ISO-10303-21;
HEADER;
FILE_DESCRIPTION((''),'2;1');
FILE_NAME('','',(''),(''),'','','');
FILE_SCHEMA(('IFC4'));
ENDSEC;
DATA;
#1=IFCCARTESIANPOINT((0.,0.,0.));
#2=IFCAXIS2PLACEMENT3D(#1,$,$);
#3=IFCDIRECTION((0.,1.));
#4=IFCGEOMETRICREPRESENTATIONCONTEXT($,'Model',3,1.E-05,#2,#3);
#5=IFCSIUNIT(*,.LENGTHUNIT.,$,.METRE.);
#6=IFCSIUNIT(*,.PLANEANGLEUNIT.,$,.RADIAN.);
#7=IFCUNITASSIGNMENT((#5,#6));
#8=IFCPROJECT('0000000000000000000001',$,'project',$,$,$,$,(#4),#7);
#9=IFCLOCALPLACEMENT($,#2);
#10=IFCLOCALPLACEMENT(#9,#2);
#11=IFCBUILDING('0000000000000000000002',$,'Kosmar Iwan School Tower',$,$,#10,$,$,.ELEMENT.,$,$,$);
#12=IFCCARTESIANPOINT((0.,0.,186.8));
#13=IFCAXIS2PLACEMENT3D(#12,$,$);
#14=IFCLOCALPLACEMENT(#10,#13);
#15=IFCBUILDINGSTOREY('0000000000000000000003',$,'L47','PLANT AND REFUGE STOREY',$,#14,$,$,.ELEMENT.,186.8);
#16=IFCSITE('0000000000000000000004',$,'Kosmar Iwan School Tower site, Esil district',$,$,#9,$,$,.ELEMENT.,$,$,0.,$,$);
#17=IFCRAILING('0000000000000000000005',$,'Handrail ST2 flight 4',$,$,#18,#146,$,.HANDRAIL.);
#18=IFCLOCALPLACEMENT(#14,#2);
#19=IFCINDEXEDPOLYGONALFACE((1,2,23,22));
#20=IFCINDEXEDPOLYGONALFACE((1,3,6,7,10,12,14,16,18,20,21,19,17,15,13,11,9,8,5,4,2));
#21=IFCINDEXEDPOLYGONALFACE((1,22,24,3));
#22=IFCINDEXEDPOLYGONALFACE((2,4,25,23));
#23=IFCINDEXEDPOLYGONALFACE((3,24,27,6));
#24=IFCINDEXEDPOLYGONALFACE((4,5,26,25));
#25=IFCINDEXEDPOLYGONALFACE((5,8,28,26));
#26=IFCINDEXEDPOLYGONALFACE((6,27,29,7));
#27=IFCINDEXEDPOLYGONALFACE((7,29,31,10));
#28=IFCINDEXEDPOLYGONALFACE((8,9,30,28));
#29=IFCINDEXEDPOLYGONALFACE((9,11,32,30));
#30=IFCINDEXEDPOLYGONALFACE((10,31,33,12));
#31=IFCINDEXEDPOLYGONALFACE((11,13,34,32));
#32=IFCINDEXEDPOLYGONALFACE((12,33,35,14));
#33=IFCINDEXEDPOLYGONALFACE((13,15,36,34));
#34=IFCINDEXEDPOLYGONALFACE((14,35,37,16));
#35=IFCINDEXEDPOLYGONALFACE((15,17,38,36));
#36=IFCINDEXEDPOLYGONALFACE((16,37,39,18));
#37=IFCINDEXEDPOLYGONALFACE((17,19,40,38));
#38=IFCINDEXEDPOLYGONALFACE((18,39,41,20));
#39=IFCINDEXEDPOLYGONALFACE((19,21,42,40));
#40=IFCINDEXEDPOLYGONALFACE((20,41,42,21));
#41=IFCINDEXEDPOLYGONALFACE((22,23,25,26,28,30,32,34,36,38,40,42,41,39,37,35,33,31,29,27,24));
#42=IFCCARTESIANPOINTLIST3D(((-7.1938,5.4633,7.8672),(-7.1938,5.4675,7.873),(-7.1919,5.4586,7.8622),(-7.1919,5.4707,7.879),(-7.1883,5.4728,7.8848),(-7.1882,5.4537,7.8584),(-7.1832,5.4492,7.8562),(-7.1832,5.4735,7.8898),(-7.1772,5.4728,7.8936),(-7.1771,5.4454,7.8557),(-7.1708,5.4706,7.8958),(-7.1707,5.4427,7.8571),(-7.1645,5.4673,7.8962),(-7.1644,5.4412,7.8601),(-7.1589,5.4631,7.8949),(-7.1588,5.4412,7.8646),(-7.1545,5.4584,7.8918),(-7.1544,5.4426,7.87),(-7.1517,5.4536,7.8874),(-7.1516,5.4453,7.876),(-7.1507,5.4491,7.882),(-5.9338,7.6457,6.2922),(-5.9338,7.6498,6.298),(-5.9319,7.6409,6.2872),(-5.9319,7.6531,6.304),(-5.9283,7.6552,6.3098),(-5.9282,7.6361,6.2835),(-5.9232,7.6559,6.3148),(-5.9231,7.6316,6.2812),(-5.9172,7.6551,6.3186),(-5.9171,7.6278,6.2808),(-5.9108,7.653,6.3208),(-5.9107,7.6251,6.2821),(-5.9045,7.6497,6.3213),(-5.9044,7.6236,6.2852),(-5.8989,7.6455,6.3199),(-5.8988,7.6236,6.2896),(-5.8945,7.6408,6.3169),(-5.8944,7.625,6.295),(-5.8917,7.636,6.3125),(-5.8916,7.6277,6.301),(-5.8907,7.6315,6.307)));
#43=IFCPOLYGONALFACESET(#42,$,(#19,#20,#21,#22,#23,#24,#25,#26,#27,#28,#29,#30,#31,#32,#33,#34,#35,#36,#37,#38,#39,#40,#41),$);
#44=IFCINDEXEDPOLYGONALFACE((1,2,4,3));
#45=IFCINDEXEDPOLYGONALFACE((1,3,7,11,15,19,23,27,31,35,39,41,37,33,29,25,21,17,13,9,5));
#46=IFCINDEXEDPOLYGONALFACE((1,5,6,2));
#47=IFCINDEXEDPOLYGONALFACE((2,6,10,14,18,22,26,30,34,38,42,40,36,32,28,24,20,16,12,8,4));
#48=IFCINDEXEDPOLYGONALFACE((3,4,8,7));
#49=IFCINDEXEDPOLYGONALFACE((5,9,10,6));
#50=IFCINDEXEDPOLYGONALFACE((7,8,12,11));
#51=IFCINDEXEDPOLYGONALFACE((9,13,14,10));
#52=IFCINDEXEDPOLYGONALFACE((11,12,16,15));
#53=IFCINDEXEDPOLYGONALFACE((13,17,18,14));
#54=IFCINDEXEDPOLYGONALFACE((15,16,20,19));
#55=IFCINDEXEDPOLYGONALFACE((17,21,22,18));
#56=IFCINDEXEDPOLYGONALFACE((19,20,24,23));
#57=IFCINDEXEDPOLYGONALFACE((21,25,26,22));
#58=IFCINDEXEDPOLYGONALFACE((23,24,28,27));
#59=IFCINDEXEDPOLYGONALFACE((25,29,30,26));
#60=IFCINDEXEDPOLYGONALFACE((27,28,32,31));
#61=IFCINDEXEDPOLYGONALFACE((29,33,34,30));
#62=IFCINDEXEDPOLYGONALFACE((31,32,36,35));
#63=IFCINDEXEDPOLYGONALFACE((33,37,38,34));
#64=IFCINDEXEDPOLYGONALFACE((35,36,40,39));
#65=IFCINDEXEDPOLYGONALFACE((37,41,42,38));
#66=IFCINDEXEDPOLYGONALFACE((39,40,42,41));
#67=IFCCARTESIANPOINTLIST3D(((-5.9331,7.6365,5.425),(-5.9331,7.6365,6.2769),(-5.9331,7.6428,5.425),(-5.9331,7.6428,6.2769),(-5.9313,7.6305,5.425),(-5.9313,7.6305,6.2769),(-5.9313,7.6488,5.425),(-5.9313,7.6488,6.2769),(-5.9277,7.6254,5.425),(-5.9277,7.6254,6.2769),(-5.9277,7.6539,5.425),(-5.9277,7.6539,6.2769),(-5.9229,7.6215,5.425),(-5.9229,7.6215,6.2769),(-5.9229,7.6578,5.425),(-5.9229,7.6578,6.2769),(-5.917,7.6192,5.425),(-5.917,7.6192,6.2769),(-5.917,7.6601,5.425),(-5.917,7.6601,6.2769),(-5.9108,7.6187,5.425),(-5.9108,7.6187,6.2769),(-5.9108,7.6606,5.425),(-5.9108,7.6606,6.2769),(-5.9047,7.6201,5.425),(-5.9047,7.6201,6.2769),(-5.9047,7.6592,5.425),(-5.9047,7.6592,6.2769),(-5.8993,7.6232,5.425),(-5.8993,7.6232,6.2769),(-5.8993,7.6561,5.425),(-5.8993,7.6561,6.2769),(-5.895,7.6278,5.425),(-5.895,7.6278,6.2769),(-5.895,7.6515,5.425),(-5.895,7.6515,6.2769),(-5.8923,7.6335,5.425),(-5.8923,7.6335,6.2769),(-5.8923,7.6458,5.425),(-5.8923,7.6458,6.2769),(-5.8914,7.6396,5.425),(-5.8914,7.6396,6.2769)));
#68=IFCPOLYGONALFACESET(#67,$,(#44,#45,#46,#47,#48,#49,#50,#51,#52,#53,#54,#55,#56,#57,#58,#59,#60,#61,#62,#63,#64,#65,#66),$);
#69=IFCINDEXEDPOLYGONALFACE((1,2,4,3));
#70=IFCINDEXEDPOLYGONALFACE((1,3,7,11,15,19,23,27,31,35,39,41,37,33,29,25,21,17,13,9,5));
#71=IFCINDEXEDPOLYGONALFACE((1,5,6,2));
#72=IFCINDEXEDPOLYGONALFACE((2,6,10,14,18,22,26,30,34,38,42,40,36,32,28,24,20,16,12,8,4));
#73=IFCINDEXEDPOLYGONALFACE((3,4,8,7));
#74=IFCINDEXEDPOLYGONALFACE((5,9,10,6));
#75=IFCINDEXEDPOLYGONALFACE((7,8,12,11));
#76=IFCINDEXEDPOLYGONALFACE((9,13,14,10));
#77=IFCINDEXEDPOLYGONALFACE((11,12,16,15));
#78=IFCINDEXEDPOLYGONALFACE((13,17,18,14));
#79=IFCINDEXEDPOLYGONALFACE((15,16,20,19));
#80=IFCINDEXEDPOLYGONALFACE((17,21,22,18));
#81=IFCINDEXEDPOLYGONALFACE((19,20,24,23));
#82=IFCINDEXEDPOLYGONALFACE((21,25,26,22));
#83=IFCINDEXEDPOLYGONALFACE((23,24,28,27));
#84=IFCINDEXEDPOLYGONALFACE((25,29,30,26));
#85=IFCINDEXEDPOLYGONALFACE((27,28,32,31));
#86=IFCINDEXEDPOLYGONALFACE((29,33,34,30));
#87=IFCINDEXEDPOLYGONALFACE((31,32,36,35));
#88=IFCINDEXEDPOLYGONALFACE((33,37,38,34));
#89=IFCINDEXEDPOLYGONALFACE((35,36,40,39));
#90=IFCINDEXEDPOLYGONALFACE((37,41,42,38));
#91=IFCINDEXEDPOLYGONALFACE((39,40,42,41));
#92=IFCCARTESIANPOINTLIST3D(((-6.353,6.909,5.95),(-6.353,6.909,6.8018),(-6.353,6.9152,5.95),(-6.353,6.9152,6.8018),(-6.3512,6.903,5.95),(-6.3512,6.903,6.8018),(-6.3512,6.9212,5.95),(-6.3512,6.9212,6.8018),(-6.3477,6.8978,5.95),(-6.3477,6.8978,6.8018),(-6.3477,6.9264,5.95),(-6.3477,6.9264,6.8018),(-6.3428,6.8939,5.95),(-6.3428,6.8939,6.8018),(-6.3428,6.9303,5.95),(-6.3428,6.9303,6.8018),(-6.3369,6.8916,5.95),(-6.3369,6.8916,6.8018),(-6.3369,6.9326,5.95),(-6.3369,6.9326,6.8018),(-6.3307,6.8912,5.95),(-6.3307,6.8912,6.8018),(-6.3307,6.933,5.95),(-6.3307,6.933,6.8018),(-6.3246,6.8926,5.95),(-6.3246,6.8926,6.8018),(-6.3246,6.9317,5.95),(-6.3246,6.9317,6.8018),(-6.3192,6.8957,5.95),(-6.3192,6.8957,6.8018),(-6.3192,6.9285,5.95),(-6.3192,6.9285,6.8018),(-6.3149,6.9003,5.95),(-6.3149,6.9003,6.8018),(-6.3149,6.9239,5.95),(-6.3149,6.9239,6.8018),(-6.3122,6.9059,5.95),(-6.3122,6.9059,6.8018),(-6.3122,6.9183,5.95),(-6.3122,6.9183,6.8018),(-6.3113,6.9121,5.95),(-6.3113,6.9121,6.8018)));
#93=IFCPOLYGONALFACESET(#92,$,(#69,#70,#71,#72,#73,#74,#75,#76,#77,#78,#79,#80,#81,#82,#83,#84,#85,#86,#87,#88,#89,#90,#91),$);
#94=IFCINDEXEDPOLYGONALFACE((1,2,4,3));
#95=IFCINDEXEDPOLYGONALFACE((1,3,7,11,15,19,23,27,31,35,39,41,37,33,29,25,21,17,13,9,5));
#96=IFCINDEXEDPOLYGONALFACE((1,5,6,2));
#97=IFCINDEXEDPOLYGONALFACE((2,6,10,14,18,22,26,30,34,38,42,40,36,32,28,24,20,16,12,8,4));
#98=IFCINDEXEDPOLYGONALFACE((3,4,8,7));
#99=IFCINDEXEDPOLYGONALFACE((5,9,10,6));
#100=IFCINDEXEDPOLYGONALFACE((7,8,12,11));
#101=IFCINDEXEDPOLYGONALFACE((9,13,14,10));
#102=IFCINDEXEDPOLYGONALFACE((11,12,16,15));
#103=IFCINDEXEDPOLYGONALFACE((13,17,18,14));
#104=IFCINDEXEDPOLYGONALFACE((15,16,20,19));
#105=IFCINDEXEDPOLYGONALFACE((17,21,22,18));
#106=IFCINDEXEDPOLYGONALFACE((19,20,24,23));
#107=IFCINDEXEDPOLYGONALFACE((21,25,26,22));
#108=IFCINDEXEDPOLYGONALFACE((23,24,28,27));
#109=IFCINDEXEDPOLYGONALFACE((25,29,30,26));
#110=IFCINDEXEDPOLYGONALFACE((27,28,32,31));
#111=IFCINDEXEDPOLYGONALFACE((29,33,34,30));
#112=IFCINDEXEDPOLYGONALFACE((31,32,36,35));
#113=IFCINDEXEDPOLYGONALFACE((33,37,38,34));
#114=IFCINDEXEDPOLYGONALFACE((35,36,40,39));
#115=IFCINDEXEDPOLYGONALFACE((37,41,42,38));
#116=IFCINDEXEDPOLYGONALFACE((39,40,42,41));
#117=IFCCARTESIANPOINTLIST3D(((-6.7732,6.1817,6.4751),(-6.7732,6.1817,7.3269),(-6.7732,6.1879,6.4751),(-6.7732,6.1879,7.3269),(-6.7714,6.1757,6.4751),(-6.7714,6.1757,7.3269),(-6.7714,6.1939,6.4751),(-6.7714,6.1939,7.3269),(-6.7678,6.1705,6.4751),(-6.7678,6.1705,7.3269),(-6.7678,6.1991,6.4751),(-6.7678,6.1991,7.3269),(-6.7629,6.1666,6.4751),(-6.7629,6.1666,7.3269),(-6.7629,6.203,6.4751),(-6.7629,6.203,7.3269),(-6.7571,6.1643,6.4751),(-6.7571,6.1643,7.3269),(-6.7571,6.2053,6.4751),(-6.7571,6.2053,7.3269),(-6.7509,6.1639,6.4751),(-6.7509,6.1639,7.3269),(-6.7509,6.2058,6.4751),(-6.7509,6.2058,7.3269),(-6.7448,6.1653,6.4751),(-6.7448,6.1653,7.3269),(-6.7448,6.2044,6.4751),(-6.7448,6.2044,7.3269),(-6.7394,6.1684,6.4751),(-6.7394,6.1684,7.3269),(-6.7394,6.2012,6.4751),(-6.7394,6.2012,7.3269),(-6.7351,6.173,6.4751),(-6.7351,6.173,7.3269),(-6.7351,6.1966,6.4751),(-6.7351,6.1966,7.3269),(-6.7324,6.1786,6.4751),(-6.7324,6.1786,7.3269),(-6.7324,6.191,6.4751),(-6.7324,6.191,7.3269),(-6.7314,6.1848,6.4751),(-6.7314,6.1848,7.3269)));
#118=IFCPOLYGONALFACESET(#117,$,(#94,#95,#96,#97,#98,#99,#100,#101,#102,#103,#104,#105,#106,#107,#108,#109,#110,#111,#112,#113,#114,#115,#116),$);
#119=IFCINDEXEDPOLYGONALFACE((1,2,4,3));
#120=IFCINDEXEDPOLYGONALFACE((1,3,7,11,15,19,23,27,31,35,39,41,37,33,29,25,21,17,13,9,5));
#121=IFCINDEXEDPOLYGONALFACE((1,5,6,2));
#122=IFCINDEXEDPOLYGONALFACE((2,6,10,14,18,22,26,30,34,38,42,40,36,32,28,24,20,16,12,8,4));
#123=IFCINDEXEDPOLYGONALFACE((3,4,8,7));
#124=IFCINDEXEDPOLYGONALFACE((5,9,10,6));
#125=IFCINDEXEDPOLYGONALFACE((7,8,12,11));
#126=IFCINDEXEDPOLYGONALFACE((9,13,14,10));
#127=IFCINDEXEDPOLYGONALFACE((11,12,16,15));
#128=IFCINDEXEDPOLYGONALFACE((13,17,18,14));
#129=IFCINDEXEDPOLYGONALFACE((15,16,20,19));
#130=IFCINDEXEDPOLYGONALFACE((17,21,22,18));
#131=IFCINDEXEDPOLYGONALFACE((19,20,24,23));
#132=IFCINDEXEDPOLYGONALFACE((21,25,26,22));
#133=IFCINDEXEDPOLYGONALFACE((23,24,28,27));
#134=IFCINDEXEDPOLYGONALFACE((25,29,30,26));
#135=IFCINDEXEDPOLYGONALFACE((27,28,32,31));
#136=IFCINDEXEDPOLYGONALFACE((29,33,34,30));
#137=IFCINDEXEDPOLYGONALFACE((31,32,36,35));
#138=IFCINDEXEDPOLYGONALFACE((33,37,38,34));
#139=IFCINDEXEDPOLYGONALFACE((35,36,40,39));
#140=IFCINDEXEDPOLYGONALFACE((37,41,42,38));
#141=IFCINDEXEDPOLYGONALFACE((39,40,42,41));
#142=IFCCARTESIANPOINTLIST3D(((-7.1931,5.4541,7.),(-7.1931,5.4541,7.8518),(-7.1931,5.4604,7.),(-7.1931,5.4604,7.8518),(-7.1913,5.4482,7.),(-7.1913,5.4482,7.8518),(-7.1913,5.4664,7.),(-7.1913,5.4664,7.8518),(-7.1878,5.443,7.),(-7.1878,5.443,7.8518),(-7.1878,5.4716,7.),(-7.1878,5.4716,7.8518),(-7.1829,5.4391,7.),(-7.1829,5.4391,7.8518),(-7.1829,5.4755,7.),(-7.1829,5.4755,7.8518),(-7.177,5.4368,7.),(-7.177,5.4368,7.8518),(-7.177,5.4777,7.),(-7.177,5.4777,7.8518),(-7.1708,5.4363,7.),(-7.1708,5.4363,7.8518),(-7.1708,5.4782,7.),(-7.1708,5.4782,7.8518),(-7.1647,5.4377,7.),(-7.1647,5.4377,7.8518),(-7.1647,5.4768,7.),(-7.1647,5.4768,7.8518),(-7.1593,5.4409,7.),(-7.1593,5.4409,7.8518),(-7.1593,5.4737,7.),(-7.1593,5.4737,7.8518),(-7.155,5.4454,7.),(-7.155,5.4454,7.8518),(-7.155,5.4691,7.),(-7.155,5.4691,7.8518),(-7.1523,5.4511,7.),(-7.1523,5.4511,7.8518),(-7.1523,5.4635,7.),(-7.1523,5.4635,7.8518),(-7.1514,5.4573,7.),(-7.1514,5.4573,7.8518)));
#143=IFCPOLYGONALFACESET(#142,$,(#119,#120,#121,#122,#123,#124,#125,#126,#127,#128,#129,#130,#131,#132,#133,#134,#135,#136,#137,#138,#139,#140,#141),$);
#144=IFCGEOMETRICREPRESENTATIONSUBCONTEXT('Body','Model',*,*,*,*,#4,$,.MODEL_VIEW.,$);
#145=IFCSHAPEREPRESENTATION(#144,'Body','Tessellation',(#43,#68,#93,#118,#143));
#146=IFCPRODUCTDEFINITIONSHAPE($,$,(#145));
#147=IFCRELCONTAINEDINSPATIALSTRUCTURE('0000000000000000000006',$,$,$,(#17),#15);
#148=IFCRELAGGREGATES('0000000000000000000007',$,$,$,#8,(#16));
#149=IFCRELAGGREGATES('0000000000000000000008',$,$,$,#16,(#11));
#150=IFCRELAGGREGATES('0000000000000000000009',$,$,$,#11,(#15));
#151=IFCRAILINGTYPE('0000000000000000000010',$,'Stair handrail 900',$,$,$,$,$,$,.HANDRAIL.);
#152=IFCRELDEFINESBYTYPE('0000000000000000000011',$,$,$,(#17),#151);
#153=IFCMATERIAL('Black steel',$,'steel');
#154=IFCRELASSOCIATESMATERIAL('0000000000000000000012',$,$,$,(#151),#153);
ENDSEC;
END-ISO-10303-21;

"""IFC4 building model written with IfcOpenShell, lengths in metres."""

from ifc_helpers import new_model, si_unit, direction, frame, origin, origin_2d, place, context, subcontext, project, spatial, circle, extrude, material, type_object, element, save


model = new_model("IFC4")

# Units and contexts
model_context = context("Model", 3, precision=1e-05, world=origin(), true_north=direction((0.0, 1.0)))
body_context = subcontext(model_context, "Body", "Model", "MODEL_VIEW")
ifc_project = project(units=[si_unit("LENGTHUNIT", "METRE"), si_unit("PLANEANGLEUNIT", "RADIAN")], contexts=[model_context])

# Site, building, storey
site_placement = place(None, origin())
site = spatial("IfcSite", under=ifc_project, at=site_placement, Name="Kosmar Iwan School Tower site, Esil district", CompositionType="ELEMENT", RefElevation=0.0)
building_placement = place(site_placement, origin())
building = spatial("IfcBuilding", under=site, at=building_placement, Name="Kosmar Iwan School Tower", CompositionType="ELEMENT")
storey_placement = place(building_placement, frame((0.0, 0.0, 186.8)))
storey = spatial("IfcBuildingStorey", under=building, at=storey_placement, Name="L47", Description="PLANT AND REFUGE STOREY", CompositionType="ELEMENT", Elevation=186.8)

# Railing
ifc_material_1 = material(Name="Black steel", Category="steel")
railing_type = type_object("IfcRailingType", Name="Stair handrail 900", PredefinedType="HANDRAIL", material=ifc_material_1)
for number, where, name in (
    (1, (-5.9124, 7.6396, 5.425), "Handrail ST2 flight 4"),
):
    element("IfcRailing", number, at=place(storey_placement, frame(where)), inside=storey, type_object=railing_type, Name=name, PredefinedType="HANDRAIL", context=body_context, shape_type="SweptSolid", body=[
        extrude(circle(Radius=0.0239, at=origin_2d()), frame((0.0, 0.0, 0.876), z_axis=(-0.424007, -0.734392, 0.529988), x_axis=(0.866023, -0.500005, 0.0)), (0.0, 0.0, 1.0), 2.9717),
        extrude(circle(Radius=0.021, at=origin_2d()), origin(), (0.0, 0.0, 1.0), 0.8518),
        extrude(circle(Radius=0.021, at=origin_2d()), frame((-0.4199, -0.7275, 0.5249)), (0.0, 0.0, 1.0), 0.8518),
        extrude(circle(Radius=0.021, at=origin_2d()), frame((-0.8401, -1.4548, 1.05)), (0.0, 0.0, 1.0), 0.8518),
        extrude(circle(Radius=0.021, at=origin_2d()), frame((-1.26, -2.1824, 1.575)), (0.0, 0.0, 1.0), 0.8518),
    ])

save(model, "model.ifc")
